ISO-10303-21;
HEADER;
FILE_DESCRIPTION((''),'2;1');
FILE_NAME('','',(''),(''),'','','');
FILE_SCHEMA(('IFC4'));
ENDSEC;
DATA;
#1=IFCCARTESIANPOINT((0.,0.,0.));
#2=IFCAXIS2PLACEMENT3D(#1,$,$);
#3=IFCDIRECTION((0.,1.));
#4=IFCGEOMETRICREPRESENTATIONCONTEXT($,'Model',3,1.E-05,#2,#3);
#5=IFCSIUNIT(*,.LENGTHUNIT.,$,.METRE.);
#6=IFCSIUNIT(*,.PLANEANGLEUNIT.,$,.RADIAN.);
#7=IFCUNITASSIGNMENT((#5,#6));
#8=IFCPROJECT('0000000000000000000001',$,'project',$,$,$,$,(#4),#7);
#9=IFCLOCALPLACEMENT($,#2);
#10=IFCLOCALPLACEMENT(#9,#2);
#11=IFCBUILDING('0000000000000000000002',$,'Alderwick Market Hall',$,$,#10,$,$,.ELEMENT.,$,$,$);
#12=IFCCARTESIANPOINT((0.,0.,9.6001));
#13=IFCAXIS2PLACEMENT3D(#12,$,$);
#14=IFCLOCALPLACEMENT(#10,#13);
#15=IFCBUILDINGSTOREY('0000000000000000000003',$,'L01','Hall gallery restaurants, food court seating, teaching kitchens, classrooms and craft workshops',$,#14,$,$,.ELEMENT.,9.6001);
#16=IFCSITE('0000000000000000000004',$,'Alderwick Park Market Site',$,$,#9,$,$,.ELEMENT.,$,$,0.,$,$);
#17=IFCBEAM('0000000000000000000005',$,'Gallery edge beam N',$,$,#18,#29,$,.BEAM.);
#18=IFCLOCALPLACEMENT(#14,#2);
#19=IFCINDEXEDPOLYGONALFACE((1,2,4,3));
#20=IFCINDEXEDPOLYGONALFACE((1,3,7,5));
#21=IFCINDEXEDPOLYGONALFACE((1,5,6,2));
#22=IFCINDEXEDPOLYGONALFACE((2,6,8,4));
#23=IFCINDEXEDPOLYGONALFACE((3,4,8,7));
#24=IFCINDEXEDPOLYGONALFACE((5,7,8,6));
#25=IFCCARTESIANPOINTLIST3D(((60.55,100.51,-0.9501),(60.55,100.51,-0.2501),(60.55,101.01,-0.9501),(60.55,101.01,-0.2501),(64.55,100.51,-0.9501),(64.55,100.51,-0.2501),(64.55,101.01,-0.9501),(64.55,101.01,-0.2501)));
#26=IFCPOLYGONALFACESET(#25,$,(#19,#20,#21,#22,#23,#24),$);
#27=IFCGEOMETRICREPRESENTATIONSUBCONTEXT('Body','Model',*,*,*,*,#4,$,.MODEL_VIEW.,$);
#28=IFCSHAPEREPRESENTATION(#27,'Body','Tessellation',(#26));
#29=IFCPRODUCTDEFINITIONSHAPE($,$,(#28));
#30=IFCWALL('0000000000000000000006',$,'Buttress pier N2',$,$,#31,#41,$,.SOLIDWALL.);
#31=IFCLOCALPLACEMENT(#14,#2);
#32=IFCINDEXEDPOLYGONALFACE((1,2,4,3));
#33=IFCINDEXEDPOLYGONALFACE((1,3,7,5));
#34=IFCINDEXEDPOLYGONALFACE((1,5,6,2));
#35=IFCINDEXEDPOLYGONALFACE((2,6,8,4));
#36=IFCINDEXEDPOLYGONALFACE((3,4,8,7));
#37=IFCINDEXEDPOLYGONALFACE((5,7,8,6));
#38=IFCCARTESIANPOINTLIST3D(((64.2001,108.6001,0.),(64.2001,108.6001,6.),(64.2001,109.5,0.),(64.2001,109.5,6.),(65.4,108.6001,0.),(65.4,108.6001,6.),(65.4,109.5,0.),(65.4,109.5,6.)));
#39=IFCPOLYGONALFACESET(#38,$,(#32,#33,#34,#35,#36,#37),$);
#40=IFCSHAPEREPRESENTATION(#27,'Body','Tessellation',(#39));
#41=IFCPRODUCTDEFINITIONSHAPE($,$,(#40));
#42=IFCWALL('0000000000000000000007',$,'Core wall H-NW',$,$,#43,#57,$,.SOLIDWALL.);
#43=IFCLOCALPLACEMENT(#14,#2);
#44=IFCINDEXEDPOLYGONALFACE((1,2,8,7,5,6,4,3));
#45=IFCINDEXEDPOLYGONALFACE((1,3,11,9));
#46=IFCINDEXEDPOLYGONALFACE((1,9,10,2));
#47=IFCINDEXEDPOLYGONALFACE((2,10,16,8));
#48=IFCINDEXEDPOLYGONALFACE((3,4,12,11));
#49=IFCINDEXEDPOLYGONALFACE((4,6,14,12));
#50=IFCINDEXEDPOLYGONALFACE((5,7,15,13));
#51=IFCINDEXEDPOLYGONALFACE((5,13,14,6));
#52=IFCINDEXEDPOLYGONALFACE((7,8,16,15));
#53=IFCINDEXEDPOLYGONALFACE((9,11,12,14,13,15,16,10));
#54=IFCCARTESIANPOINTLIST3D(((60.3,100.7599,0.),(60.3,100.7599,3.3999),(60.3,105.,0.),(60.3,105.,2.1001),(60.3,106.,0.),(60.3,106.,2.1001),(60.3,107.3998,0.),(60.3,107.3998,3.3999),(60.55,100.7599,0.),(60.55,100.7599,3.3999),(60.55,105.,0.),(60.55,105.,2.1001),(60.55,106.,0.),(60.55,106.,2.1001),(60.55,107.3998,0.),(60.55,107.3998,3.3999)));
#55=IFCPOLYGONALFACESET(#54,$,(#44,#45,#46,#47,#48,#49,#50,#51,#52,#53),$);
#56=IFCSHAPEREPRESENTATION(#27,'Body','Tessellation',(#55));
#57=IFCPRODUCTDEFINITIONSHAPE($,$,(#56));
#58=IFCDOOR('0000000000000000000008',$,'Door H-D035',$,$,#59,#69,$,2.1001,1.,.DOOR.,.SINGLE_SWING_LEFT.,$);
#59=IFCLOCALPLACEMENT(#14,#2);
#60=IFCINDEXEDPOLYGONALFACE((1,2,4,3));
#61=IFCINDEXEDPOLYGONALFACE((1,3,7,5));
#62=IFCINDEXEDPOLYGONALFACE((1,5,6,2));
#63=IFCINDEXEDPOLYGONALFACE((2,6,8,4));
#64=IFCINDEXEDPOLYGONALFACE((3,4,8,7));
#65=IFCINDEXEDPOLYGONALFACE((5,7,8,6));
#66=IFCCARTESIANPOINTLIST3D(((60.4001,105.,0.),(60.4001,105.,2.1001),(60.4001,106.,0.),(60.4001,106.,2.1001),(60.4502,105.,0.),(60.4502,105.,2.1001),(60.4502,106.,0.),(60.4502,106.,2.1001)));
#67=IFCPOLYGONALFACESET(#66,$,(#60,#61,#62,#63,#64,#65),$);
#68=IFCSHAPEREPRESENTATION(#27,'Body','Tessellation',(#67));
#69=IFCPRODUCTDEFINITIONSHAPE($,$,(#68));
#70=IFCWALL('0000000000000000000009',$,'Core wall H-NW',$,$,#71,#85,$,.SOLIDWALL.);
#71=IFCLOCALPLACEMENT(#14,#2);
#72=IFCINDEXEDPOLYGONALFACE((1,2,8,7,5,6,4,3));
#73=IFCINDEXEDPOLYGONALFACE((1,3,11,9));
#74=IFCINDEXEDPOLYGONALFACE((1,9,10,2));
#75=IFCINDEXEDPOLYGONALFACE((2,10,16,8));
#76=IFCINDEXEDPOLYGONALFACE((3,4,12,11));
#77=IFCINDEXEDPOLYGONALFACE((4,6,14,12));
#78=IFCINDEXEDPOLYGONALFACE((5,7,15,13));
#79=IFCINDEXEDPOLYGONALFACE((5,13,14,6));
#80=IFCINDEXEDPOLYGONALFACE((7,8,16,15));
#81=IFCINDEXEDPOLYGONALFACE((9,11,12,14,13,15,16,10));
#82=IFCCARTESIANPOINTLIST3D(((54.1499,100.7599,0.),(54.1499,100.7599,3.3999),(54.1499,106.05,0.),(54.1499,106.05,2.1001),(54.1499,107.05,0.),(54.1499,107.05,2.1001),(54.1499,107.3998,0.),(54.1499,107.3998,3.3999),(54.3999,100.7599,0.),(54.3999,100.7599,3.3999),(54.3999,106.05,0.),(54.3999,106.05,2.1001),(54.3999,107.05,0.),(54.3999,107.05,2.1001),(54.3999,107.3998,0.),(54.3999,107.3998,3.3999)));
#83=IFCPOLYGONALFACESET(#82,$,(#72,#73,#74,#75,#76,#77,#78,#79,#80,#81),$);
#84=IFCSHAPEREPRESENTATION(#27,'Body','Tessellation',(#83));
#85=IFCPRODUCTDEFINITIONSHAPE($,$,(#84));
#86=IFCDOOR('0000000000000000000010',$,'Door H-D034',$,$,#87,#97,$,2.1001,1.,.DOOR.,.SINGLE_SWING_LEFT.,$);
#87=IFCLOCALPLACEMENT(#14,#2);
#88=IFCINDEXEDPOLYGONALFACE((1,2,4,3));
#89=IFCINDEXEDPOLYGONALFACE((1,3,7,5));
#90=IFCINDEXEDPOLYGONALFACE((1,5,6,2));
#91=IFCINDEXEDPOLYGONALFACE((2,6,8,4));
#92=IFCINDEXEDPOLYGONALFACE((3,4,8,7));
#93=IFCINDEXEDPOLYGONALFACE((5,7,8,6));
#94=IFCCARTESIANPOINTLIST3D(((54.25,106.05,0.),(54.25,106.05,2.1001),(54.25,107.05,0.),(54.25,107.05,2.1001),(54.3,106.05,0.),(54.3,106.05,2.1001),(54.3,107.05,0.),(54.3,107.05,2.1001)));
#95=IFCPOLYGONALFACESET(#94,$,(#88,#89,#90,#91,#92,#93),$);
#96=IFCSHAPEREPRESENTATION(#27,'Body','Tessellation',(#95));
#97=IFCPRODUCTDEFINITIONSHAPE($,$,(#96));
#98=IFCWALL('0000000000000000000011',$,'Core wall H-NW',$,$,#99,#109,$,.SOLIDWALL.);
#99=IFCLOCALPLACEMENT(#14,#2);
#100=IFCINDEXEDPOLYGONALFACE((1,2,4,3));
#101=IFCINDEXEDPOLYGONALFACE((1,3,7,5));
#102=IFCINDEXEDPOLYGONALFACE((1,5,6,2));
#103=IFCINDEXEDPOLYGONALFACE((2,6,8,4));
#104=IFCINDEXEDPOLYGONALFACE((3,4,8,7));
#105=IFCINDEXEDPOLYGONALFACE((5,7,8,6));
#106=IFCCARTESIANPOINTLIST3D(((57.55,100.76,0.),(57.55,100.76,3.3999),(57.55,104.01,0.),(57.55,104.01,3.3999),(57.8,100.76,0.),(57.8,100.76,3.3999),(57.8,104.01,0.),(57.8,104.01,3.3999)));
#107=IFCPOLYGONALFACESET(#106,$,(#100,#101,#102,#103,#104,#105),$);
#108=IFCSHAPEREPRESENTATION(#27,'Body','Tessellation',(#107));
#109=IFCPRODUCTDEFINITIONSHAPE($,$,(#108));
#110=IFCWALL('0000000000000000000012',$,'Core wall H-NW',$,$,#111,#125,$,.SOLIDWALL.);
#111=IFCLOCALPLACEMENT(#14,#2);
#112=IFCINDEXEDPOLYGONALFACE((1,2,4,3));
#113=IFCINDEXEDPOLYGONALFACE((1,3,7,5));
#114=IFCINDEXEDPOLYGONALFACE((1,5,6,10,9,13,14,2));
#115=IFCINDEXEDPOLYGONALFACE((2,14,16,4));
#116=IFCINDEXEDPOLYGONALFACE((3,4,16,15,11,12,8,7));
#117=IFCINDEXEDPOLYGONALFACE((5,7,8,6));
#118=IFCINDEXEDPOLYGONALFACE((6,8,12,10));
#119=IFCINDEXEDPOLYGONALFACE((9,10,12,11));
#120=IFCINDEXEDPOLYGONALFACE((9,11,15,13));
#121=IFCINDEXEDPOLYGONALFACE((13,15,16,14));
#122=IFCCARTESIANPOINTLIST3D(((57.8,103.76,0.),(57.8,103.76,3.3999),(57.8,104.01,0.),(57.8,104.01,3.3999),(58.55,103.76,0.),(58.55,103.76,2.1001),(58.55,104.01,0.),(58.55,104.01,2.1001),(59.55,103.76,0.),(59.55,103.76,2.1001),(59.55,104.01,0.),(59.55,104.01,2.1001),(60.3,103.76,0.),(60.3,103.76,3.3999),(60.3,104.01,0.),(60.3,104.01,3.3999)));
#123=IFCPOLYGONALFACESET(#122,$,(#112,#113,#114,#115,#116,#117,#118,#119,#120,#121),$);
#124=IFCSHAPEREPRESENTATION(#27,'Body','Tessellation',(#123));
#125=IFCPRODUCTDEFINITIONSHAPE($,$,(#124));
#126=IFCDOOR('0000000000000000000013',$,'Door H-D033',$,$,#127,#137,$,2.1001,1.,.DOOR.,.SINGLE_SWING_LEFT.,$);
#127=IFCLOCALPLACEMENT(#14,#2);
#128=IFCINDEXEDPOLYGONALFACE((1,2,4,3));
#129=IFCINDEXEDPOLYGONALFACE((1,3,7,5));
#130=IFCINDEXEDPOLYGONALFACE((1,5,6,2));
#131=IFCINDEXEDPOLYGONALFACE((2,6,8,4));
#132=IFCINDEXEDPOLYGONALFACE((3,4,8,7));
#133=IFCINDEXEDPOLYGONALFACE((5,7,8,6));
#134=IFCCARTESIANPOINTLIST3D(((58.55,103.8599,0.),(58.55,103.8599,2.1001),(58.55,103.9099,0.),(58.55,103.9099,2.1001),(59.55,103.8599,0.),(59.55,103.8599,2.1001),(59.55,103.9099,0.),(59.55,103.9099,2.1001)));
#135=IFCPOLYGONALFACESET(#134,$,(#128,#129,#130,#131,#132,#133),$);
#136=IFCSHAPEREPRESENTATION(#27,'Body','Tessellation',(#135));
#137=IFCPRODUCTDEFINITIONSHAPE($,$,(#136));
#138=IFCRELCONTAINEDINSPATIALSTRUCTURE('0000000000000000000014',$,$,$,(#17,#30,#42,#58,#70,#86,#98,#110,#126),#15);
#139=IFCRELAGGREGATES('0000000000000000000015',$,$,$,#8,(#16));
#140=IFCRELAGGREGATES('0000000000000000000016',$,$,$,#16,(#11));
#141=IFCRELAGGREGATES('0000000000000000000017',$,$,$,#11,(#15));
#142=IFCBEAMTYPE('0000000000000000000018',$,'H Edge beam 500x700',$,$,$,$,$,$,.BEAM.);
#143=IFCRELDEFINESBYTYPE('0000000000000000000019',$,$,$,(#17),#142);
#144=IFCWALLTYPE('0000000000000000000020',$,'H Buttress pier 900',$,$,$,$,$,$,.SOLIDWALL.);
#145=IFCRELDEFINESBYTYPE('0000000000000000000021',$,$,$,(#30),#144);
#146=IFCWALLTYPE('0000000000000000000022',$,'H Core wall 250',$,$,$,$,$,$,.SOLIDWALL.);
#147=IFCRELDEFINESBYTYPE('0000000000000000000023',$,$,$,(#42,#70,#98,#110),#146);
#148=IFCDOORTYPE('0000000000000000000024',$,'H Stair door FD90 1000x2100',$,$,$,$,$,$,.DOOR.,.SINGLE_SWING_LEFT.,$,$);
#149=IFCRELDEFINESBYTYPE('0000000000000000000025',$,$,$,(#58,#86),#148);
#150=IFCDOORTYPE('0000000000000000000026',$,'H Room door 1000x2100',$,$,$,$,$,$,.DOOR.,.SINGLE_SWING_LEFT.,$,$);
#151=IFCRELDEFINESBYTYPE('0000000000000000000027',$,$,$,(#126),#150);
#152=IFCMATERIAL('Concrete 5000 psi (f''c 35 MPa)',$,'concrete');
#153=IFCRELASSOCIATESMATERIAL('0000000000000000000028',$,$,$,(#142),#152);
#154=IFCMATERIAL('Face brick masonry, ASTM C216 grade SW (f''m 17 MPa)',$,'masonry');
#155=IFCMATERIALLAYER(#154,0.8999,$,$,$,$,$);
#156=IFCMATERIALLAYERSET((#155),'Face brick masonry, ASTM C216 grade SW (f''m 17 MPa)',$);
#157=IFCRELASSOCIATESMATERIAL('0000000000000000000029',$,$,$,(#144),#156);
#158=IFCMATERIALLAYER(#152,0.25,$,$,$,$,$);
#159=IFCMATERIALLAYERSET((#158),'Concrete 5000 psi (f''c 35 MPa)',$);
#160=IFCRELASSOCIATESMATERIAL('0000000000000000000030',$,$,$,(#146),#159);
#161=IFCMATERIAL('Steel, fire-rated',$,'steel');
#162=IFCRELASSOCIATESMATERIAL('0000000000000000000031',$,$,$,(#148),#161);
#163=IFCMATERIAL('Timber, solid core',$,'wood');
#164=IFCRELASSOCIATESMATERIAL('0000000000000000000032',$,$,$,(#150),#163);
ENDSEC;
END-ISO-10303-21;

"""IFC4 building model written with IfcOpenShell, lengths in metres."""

from ifc_helpers import new_model, si_unit, direction, frame, frame_2d, origin, origin_2d, place, context, subcontext, project, spatial, rectangle, extrude, material, layer, layer_set, material_profile, profile_set, type_object, element, fill, save


model = new_model("IFC4")

# Units and contexts
model_context = context("Model", 3, precision=1e-05, world=origin(), true_north=direction((0.0, 1.0)))
body_context = subcontext(model_context, "Body", "Model", "MODEL_VIEW")
ifc_project = project(units=[si_unit("LENGTHUNIT", "METRE"), si_unit("PLANEANGLEUNIT", "RADIAN")], contexts=[model_context])

# Site, building, storey
site_placement = place(None, origin())
site = spatial("IfcSite", under=ifc_project, at=site_placement, Name="Alderwick Park Market Site", CompositionType="ELEMENT", RefElevation=0.0)
building_placement = place(site_placement, origin())
building = spatial("IfcBuilding", under=site, at=building_placement, Name="Alderwick Market Hall", CompositionType="ELEMENT")
storey_placement = place(building_placement, frame((0.0, 0.0, 9.6001)))
storey = spatial("IfcBuildingStorey", under=building, at=storey_placement, Name="L01", Description="Hall gallery restaurants, food court seating, teaching kitchens, classrooms and craft workshops", CompositionType="ELEMENT", Elevation=9.6001)

# Beam
ifc_material_1 = material(Name="Concrete 5000 psi (f'c 35 MPa)", Category="concrete")
ifc_material_profile = material_profile(ifc_material_1, rectangle(XDim=0.5, YDim=0.7, at=origin_2d()), Name="RC 500x700")
ifc_profile_set = profile_set([ifc_material_profile], Name="Concrete 5000 psi (f'c 35 MPa)")
beam_type = type_object("IfcBeamType", Name="H Edge beam 500x700", PredefinedType="BEAM", material=ifc_profile_set)
beam_placement = place(storey_placement, frame((60.55, 100.76, -0.6001), z_axis=(1.0, 0.0, 0.0), x_axis=(0.0, 1.0, 0.0)))
element("IfcBeam", 1, at=beam_placement, inside=storey, type_object=beam_type, Name="Gallery edge beam N", PredefinedType="BEAM", context=body_context, shape_type="SweptSolid", body=[
    extrude(rectangle(XDim=0.5, YDim=0.7, at=origin_2d()), origin(), (0.0, 0.0, 1.0), 4.0),
])

# Wall
ifc_material_2 = material(Name="Face brick masonry, ASTM C216 grade SW (f'm 17 MPa)", Category="masonry")
ifc_layer_1 = layer(ifc_material_2, 0.8999)
ifc_layer_set_1 = layer_set([ifc_layer_1], Name="Face brick masonry, ASTM C216 grade SW (f'm 17 MPa)")
wall_type_1 = type_object("IfcWallType", Name="H Buttress pier 900", PredefinedType="SOLIDWALL", material=ifc_layer_set_1)
wall_1_placement = place(storey_placement, frame((64.2, 109.05, 0.0), z_axis=(0.0, 0.0, 1.0), x_axis=(1.0, 0.0, 0.0)))
element("IfcWall", 2, at=wall_1_placement, inside=storey, type_object=wall_type_1, Name="Buttress pier N2", PredefinedType="SOLIDWALL", context=body_context, shape_type="SweptSolid", body=[
    extrude(rectangle(XDim=1.2, YDim=0.8999, at=frame_2d((0.6001, 0.0))), origin(), (0.0, 0.0, 1.0), 6.0),
])

# Walls, openings, doors
ifc_layer_2 = layer(ifc_material_1, 0.25)
ifc_layer_set_2 = layer_set([ifc_layer_2], Name="Concrete 5000 psi (f'c 35 MPa)")
wall_type_2 = type_object("IfcWallType", Name="H Core wall 250", PredefinedType="SOLIDWALL", material=ifc_layer_set_2)
wall_2_placement = place(storey_placement, frame((60.425, 100.76, 0.0), z_axis=(0.0, 0.0, 1.0), x_axis=(0.0, 1.0, 0.0)))
wall_2 = element("IfcWall", 3, at=wall_2_placement, inside=storey, type_object=wall_type_2, Name="Core wall H-NW", PredefinedType="SOLIDWALL", context=body_context, shape_type="SweptSolid", body=[
    extrude(rectangle(XDim=6.6399, YDim=0.25, at=frame_2d((3.3198, 0.0))), origin(), (0.0, 0.0, 1.0), 3.3999),
])
opening_1_placement = place(wall_2_placement, frame((4.24, 0.0, 0.0)))
opening_1 = element("IfcOpeningElement", 4, at=opening_1_placement, cuts=wall_2, PredefinedType="OPENING", context=body_context, shape_type="SweptSolid", body=[
    extrude(rectangle(XDim=1.0, YDim=2.1001, at=frame_2d((0.5, 1.05))), frame((0.0, 0.135, 0.0), z_axis=(0.0, -1.0, 0.0), x_axis=(1.0, 0.0, 0.0)), (0.0, 0.0, 1.0), 0.27),
])
ifc_material_3 = material(Name="Steel, fire-rated", Category="steel")
door_type_1 = type_object("IfcDoorType", Name="H Stair door FD90 1000x2100", OperationType="SINGLE_SWING_LEFT", PredefinedType="DOOR", material=ifc_material_3)
door_1_placement = place(opening_1_placement, origin())
door_1 = element("IfcDoor", 5, at=door_1_placement, inside=storey, type_object=door_type_1, Name="Door H-D035", OperationType="SINGLE_SWING_LEFT", OverallHeight=2.1001, OverallWidth=1.0, PredefinedType="DOOR", context=body_context, shape_type="SweptSolid", body=[
    extrude(rectangle(XDim=1.0, YDim=2.1001, at=frame_2d((0.5, 1.05))), frame((0.0, 0.0249, 0.0), z_axis=(0.0, -1.0, 0.0), x_axis=(1.0, 0.0, 0.0)), (0.0, 0.0, 1.0), 0.05),
])
fill(opening_1, door_1)
wall_3_placement = place(storey_placement, frame((54.2749, 100.76, 0.0), z_axis=(0.0, 0.0, 1.0), x_axis=(0.0, 1.0, 0.0)))
wall_3 = element("IfcWall", 6, at=wall_3_placement, inside=storey, type_object=wall_type_2, Name="Core wall H-NW", PredefinedType="SOLIDWALL", context=body_context, shape_type="SweptSolid", body=[
    extrude(rectangle(XDim=6.6399, YDim=0.25, at=frame_2d((3.3198, 0.0))), origin(), (0.0, 0.0, 1.0), 3.3999),
])
opening_2_placement = place(wall_3_placement, frame((5.29, 0.0, 0.0)))
opening_2 = element("IfcOpeningElement", 7, at=opening_2_placement, cuts=wall_3, PredefinedType="OPENING", context=body_context, shape_type="SweptSolid", body=[
    extrude(rectangle(XDim=1.0, YDim=2.1001, at=frame_2d((0.5, 1.05))), frame((0.0, 0.135, 0.0), z_axis=(0.0, -1.0, 0.0), x_axis=(1.0, 0.0, 0.0)), (0.0, 0.0, 1.0), 0.27),
])
door_2_placement = place(opening_2_placement, origin())
door_2 = element("IfcDoor", 8, at=door_2_placement, inside=storey, type_object=door_type_1, Name="Door H-D034", OperationType="SINGLE_SWING_LEFT", OverallHeight=2.1001, OverallWidth=1.0, PredefinedType="DOOR", context=body_context, shape_type="SweptSolid", body=[
    extrude(rectangle(XDim=1.0, YDim=2.1001, at=frame_2d((0.5, 1.05))), frame((0.0, 0.0249, 0.0), z_axis=(0.0, -1.0, 0.0), x_axis=(1.0, 0.0, 0.0)), (0.0, 0.0, 1.0), 0.05),
])
fill(opening_2, door_2)

# Wall
wall_4_placement = place(storey_placement, frame((57.675, 100.76, 0.0), z_axis=(0.0, 0.0, 1.0), x_axis=(0.0, 1.0, 0.0)))
element("IfcWall", 9, at=wall_4_placement, inside=storey, type_object=wall_type_2, Name="Core wall H-NW", PredefinedType="SOLIDWALL", context=body_context, shape_type="SweptSolid", body=[
    extrude(rectangle(XDim=3.25, YDim=0.25, at=frame_2d((1.625, 0.0))), origin(), (0.0, 0.0, 1.0), 3.3999),
])

# Wall, opening, door
wall_5_placement = place(storey_placement, frame((57.8, 103.885, 0.0), z_axis=(0.0, 0.0, 1.0), x_axis=(1.0, 0.0, 0.0)))
wall_5 = element("IfcWall", 10, at=wall_5_placement, inside=storey, type_object=wall_type_2, Name="Core wall H-NW", PredefinedType="SOLIDWALL", context=body_context, shape_type="SweptSolid", body=[
    extrude(rectangle(XDim=2.5, YDim=0.25, at=frame_2d((1.25, 0.0))), origin(), (0.0, 0.0, 1.0), 3.3999),
])
opening_3_placement = place(wall_5_placement, frame((0.75, 0.0, 0.0)))
opening_3 = element("IfcOpeningElement", 11, at=opening_3_placement, cuts=wall_5, PredefinedType="OPENING", context=body_context, shape_type="SweptSolid", body=[
    extrude(rectangle(XDim=1.0, YDim=2.1001, at=frame_2d((0.5, 1.05))), frame((0.0, 0.135, 0.0), z_axis=(0.0, -1.0, 0.0), x_axis=(1.0, 0.0, 0.0)), (0.0, 0.0, 1.0), 0.27),
])
ifc_material_4 = material(Name="Timber, solid core", Category="wood")
door_type_2 = type_object("IfcDoorType", Name="H Room door 1000x2100", OperationType="SINGLE_SWING_LEFT", PredefinedType="DOOR", material=ifc_material_4)
door_3_placement = place(opening_3_placement, origin())
door_3 = element("IfcDoor", 12, at=door_3_placement, inside=storey, type_object=door_type_2, Name="Door H-D033", OperationType="SINGLE_SWING_LEFT", OverallHeight=2.1001, OverallWidth=1.0, PredefinedType="DOOR", context=body_context, shape_type="SweptSolid", body=[
    extrude(rectangle(XDim=1.0, YDim=2.1001, at=frame_2d((0.5, 1.05))), frame((0.0, 0.0249, 0.0), z_axis=(0.0, -1.0, 0.0), x_axis=(1.0, 0.0, 0.0)), (0.0, 0.0, 1.0), 0.05),
])
fill(opening_3, door_3)

save(model, "model.ifc")
